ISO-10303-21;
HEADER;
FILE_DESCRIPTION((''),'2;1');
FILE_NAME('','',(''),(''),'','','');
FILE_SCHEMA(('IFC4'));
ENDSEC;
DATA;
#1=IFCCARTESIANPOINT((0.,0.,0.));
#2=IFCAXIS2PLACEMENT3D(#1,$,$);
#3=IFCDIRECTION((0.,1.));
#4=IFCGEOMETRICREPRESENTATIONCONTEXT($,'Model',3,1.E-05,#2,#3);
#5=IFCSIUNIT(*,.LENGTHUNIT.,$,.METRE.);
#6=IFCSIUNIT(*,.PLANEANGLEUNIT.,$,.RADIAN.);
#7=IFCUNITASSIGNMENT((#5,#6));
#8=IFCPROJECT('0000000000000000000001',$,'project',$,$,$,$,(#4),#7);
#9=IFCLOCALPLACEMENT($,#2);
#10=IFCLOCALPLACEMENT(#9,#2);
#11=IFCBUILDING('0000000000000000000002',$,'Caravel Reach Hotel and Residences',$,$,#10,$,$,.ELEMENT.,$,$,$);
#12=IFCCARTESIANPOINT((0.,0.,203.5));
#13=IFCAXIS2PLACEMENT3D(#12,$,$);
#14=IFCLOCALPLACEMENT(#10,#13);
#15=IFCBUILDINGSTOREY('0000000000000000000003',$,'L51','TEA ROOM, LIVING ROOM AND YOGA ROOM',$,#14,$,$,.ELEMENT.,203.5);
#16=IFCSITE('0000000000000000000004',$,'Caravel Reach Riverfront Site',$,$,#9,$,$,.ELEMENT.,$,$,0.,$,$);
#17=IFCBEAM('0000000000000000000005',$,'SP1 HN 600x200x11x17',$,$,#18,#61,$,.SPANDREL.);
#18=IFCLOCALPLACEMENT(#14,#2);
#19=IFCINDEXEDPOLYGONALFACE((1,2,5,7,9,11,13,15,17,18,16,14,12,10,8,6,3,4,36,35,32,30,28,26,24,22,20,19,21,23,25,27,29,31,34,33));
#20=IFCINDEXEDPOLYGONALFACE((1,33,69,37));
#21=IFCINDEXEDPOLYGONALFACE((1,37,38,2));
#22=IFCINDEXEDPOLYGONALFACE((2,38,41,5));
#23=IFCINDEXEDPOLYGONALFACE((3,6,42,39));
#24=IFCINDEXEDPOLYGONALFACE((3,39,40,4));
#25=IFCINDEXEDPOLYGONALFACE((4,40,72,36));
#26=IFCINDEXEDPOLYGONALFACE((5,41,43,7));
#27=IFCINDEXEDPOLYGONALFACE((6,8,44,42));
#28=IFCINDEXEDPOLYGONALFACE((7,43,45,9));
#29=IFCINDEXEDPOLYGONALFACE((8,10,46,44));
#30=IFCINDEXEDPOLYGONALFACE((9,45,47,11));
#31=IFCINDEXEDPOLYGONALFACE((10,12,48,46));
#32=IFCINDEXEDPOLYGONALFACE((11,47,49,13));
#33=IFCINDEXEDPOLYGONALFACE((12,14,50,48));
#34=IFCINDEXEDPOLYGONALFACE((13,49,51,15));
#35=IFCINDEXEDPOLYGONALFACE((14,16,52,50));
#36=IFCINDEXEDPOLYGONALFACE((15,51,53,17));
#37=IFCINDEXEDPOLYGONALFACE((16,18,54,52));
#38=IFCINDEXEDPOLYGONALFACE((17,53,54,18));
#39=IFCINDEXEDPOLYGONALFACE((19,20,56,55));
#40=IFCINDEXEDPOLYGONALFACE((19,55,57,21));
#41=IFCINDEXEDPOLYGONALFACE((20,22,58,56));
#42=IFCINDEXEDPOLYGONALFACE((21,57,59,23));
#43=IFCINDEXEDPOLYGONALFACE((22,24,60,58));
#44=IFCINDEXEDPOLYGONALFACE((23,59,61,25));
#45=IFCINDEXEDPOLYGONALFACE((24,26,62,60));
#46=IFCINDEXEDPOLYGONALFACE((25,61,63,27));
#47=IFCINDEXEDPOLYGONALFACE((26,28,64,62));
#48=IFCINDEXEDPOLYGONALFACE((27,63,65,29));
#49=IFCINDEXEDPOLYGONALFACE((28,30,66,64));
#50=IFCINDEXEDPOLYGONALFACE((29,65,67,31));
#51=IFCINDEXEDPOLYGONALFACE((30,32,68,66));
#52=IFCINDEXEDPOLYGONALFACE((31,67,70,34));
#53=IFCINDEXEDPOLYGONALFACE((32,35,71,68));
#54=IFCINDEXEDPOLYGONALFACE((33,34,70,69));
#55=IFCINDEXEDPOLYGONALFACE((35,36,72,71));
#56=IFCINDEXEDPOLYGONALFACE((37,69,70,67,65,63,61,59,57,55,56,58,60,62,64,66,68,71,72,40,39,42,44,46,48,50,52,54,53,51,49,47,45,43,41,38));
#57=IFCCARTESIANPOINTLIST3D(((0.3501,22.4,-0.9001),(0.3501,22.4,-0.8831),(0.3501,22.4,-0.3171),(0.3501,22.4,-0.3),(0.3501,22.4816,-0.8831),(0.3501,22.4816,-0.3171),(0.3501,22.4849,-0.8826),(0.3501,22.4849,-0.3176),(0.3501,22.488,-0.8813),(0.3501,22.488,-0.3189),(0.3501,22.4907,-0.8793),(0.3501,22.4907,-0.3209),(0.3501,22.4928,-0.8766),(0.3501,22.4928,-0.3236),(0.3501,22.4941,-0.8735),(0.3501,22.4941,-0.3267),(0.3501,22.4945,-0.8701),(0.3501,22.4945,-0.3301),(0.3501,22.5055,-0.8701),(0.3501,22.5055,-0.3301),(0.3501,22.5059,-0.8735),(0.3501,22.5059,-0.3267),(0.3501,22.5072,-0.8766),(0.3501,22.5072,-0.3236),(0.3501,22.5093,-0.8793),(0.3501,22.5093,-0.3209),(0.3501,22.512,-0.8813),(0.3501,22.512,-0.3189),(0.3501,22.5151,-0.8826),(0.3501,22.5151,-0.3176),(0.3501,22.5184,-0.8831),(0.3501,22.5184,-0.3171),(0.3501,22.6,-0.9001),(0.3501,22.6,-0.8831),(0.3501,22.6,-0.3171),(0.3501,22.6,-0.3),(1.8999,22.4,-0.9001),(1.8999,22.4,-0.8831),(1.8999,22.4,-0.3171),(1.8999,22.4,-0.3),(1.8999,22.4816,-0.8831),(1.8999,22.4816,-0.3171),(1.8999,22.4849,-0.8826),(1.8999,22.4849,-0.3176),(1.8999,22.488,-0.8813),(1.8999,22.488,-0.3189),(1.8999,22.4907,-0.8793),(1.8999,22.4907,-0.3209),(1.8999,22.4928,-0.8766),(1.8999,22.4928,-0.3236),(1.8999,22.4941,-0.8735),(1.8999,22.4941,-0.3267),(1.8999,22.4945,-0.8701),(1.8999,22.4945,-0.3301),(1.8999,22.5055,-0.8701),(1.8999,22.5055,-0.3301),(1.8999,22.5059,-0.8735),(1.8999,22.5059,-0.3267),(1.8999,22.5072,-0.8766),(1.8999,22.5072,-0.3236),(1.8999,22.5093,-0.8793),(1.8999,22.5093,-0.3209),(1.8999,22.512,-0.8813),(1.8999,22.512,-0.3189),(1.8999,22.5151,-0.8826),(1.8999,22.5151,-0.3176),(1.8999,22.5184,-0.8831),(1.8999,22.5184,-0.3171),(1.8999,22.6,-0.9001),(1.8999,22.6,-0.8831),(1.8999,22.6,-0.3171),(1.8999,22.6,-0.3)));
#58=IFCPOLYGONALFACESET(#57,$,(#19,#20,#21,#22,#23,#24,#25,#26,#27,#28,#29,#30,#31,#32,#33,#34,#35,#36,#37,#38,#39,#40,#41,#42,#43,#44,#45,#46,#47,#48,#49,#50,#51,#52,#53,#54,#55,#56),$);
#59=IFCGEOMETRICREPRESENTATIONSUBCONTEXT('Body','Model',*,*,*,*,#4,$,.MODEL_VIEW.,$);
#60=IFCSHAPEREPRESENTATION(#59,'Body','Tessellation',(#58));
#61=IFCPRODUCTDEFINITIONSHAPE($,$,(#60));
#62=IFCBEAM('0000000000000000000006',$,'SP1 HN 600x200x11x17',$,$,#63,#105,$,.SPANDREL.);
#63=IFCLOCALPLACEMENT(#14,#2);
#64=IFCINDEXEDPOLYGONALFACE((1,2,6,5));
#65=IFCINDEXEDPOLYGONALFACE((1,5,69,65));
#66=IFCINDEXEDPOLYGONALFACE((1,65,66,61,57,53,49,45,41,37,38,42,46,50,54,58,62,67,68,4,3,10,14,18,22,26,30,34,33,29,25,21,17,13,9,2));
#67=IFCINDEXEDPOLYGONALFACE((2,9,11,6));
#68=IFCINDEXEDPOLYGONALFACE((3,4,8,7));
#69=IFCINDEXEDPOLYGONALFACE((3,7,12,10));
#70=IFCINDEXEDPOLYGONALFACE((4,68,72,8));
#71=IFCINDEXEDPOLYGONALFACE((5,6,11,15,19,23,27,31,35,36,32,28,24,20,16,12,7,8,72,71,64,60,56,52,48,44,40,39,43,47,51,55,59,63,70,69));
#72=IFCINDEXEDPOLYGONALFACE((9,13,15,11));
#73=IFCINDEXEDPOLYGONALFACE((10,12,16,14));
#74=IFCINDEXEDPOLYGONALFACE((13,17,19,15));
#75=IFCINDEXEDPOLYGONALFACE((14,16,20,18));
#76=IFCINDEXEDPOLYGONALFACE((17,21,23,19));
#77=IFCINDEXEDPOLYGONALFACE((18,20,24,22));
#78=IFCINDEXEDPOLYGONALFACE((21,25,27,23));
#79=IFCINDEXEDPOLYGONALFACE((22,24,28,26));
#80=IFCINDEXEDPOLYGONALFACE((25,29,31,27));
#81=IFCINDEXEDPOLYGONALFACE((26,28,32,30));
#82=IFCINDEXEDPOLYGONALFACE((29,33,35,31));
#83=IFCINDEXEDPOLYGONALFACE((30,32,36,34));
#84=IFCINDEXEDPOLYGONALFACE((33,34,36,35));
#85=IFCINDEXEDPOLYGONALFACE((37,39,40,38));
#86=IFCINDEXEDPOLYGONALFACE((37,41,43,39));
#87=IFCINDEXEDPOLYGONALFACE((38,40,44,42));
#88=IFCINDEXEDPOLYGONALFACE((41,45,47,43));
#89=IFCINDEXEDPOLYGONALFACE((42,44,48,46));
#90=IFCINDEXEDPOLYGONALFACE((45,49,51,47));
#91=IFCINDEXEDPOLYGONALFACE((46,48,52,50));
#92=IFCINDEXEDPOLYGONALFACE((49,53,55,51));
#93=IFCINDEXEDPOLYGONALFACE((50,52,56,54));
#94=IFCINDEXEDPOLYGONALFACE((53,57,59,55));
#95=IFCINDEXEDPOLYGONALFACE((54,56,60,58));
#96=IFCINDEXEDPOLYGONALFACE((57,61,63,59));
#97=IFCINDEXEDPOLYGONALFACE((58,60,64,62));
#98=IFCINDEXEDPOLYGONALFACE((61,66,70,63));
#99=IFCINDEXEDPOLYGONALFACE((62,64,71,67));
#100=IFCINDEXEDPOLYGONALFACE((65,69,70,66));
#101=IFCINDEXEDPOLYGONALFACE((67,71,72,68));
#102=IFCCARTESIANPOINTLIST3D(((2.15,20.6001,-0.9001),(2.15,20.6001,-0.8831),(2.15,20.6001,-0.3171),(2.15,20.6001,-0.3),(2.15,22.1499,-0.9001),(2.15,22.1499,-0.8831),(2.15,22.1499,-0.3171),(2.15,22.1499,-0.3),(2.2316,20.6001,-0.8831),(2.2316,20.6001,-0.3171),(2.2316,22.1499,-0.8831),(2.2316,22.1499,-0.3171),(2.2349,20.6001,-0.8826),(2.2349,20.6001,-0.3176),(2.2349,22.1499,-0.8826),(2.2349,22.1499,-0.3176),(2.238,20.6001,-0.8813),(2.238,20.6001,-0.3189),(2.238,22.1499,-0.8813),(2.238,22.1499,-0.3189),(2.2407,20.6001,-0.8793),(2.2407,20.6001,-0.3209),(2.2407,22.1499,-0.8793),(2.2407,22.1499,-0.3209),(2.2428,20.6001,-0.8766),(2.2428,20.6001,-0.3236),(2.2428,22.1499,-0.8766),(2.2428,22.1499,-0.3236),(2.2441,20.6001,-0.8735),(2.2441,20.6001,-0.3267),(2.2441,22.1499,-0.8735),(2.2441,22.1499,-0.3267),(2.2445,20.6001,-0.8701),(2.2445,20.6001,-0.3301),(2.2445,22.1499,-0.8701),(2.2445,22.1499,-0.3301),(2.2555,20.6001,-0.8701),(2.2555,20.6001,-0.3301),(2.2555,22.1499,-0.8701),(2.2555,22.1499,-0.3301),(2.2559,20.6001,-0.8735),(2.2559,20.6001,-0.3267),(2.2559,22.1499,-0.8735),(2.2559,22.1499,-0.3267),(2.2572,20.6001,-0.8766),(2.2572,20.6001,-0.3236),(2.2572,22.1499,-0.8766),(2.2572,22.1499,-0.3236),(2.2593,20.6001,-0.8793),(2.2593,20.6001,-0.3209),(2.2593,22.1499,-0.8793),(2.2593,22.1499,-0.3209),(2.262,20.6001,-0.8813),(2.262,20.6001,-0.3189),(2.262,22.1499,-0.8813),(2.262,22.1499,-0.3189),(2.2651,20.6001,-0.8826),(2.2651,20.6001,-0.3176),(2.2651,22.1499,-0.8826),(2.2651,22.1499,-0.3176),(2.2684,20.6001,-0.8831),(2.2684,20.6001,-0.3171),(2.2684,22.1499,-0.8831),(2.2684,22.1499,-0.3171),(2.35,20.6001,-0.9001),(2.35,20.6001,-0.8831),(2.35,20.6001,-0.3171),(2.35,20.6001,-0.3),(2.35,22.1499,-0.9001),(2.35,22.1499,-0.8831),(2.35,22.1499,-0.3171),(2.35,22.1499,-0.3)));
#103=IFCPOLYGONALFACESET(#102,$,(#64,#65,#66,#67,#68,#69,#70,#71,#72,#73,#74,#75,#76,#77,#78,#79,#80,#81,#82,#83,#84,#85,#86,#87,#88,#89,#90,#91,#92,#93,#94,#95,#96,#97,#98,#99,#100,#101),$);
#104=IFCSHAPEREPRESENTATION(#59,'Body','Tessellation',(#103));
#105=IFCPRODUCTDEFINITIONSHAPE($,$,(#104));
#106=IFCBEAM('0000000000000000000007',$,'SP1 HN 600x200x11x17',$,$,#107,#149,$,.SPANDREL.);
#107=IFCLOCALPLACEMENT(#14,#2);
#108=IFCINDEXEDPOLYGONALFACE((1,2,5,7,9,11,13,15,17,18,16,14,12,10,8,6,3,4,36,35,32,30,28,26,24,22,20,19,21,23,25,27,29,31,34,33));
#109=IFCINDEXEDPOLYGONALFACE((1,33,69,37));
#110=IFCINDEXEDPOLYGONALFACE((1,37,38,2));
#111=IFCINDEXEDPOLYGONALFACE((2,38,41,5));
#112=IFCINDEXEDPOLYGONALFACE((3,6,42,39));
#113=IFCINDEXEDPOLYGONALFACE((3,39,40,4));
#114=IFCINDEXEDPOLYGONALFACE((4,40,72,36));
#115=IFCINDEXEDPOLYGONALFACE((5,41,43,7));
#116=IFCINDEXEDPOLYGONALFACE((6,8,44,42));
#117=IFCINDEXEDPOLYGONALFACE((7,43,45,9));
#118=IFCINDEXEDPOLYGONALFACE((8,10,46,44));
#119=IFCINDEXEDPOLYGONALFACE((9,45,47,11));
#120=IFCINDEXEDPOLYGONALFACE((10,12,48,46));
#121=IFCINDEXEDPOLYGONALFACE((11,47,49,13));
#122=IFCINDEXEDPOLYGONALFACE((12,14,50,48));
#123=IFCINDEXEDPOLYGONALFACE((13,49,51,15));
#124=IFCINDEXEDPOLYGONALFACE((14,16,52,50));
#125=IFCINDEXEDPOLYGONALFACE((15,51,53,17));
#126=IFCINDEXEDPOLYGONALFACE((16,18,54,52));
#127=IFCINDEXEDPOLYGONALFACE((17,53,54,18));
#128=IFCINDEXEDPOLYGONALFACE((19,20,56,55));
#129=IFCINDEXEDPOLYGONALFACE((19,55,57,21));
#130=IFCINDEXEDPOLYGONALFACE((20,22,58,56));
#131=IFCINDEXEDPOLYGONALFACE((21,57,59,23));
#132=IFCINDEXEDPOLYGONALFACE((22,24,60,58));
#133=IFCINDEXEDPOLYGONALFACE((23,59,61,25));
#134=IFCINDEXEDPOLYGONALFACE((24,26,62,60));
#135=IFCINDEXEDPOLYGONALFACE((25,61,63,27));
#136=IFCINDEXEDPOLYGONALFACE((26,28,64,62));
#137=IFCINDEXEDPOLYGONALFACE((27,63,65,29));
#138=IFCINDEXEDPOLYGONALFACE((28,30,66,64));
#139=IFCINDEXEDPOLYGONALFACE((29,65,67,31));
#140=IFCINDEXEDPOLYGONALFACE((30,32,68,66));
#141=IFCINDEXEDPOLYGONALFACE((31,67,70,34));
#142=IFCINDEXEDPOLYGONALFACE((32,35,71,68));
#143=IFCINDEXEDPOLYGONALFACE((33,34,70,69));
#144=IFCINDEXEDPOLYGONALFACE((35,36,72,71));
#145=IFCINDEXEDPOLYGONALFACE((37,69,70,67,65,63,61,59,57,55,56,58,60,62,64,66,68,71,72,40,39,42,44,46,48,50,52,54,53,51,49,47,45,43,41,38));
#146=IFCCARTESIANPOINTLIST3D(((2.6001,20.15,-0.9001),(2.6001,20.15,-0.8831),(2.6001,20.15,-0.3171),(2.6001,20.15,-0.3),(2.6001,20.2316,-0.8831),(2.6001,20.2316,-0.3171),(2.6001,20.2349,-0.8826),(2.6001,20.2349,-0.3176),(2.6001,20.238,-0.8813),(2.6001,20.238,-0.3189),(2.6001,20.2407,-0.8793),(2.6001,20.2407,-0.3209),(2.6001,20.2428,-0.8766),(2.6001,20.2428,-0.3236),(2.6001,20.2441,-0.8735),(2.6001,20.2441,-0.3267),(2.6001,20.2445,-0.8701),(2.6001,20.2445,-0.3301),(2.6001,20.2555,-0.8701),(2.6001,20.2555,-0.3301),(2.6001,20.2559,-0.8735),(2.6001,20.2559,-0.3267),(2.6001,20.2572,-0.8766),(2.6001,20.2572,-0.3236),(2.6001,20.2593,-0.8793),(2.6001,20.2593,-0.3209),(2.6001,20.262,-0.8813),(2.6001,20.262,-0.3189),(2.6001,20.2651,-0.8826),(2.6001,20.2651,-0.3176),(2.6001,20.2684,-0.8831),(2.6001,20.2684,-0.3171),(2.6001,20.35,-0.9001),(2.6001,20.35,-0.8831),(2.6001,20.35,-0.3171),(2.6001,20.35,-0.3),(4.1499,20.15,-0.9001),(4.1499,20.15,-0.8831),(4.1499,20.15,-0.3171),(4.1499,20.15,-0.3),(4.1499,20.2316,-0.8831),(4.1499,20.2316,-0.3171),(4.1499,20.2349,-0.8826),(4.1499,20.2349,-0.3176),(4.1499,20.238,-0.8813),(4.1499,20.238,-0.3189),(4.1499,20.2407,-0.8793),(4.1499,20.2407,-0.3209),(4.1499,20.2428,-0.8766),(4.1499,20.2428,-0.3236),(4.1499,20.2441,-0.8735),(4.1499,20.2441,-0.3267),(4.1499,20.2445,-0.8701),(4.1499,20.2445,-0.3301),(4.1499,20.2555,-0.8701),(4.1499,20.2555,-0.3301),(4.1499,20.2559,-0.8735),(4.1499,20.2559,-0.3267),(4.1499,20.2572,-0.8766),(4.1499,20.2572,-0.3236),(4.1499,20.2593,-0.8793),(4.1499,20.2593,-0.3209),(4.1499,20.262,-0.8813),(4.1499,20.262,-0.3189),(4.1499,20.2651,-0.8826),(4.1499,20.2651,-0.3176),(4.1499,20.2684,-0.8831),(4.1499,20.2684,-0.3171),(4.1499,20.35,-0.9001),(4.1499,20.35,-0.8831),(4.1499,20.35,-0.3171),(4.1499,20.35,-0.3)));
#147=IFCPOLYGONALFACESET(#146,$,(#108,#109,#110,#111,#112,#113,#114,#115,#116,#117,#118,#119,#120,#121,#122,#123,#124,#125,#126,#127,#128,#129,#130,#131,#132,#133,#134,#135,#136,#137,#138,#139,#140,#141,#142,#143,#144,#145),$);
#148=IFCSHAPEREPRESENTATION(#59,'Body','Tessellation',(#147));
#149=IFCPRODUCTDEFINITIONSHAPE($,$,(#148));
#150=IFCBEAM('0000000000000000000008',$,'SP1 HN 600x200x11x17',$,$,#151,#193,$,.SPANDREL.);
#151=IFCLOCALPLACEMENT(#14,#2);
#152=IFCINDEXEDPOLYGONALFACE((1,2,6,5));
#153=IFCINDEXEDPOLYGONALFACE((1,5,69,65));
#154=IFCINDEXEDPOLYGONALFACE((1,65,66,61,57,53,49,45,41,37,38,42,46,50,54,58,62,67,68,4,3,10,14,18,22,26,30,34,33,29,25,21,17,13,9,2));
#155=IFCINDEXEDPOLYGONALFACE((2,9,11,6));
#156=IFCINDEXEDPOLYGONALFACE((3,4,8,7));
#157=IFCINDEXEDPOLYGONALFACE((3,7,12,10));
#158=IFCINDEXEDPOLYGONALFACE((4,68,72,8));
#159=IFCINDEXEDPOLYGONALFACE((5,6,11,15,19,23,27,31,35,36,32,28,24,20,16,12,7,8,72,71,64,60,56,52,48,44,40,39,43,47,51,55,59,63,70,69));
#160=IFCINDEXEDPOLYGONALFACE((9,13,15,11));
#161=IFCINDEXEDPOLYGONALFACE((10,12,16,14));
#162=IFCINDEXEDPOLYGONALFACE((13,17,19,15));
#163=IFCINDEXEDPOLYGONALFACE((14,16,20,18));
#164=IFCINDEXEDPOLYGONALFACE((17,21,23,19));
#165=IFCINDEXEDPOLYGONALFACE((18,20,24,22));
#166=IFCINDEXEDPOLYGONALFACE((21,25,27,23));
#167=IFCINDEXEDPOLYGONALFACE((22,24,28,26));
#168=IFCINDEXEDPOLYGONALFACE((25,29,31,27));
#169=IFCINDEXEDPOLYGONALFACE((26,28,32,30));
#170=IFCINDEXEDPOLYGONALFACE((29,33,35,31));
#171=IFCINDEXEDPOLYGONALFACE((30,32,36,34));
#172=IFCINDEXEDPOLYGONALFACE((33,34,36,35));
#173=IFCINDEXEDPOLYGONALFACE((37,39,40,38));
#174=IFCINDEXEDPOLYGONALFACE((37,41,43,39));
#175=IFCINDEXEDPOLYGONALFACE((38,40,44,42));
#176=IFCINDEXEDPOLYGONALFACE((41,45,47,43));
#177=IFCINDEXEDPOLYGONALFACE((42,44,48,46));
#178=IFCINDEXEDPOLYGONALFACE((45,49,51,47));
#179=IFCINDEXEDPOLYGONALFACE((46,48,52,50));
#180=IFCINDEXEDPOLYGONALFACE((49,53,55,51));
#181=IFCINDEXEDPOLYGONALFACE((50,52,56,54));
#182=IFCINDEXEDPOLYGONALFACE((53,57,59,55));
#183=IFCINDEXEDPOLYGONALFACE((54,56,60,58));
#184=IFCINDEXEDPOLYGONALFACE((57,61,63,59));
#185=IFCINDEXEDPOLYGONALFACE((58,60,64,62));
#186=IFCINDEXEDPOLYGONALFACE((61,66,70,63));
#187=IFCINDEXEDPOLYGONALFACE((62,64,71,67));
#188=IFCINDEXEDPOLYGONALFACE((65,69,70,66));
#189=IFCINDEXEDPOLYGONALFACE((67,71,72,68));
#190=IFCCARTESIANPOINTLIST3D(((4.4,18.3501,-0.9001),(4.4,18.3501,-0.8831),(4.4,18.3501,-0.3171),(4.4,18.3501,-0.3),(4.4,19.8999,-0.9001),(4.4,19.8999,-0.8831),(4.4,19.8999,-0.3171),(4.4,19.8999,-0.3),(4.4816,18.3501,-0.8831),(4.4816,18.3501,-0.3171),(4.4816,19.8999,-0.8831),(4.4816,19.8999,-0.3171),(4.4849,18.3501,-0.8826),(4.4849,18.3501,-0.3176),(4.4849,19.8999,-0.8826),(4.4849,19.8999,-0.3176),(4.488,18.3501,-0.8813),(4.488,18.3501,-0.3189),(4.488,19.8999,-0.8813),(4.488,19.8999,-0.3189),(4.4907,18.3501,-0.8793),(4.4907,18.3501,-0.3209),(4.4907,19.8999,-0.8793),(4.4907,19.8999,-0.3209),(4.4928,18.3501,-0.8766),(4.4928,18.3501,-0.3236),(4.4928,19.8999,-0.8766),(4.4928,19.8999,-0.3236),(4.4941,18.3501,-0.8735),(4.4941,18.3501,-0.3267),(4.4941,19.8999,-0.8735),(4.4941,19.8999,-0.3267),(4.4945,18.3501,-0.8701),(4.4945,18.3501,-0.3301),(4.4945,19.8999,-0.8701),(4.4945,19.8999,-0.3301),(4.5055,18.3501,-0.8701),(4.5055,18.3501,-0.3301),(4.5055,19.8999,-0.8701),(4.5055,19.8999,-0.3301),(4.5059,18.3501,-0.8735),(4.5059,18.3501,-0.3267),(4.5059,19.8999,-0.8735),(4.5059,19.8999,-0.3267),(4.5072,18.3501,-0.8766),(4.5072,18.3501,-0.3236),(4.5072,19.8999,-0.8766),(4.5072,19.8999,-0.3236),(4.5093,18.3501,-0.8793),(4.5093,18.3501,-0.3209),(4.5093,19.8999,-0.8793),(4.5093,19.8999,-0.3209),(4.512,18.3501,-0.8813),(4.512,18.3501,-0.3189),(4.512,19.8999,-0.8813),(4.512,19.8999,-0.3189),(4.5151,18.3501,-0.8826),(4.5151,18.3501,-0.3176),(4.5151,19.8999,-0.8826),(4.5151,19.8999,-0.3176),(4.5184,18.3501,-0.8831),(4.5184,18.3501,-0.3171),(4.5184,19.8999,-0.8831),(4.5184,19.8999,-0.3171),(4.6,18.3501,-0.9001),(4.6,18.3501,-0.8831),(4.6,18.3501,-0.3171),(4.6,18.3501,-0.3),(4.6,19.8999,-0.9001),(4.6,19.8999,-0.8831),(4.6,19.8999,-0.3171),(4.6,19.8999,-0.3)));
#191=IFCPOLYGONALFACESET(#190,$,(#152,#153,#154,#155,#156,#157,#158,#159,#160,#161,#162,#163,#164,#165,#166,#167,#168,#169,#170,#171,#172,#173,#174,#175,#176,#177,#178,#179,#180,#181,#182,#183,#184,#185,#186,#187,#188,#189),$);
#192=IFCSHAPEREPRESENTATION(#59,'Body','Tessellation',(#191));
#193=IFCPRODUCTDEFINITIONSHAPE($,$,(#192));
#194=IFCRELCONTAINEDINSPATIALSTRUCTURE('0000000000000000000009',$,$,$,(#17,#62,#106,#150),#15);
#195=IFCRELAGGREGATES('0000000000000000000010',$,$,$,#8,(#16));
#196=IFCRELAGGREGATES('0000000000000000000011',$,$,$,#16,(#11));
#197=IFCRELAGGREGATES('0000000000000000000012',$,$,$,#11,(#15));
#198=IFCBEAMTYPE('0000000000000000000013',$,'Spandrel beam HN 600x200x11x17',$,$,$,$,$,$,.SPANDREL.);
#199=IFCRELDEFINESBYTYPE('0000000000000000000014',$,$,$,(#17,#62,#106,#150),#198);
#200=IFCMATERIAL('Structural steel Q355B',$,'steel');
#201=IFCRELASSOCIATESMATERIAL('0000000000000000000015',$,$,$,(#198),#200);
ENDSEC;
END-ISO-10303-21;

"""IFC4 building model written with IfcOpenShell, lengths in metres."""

from ifc_helpers import new_model, si_unit, direction, frame, origin, origin_2d, place, context, subcontext, project, spatial, i_section, extrude, material, material_profile, profile_set, type_object, element, save


model = new_model("IFC4")

# Units and contexts
model_context = context("Model", 3, precision=1e-05, world=origin(), true_north=direction((0.0, 1.0)))
body_context = subcontext(model_context, "Body", "Model", "MODEL_VIEW")
ifc_project = project(units=[si_unit("LENGTHUNIT", "METRE"), si_unit("PLANEANGLEUNIT", "RADIAN")], contexts=[model_context])

# Site, building, storey
site_placement = place(None, origin())
site = spatial("IfcSite", under=ifc_project, at=site_placement, Name="Caravel Reach Riverfront Site", CompositionType="ELEMENT", RefElevation=0.0)
building_placement = place(site_placement, origin())
building = spatial("IfcBuilding", under=site, at=building_placement, Name="Caravel Reach Hotel and Residences", CompositionType="ELEMENT")
storey_placement = place(building_placement, frame((0.0, 0.0, 203.5)))
storey = spatial("IfcBuildingStorey", under=building, at=storey_placement, Name="L51", Description="TEA ROOM, LIVING ROOM AND YOGA ROOM", CompositionType="ELEMENT", Elevation=203.5)

# Beams
ifc_material_1 = material(Name="Structural steel Q355B", Category="steel")
ifc_material_profile_1 = material_profile(ifc_material_1, i_section(OverallWidth=0.2, OverallDepth=0.6001, WebThickness=0.011, FlangeThickness=0.0171, FilletRadius=0.0129, at=origin_2d()), Name="HN 600x200x11x17")
ifc_profile_set_1 = profile_set([ifc_material_profile_1], Name="Structural steel Q355B")
beam_type_1 = type_object("IfcBeamType", Name="Spandrel beam HN 600x200x11x17", PredefinedType="SPANDREL", material=ifc_profile_set_1)
for number, where, z_axis, x_axis, name in (
    (1, (0.3501, 22.5, -0.6001), (1.0, 0.0, 0.0), (0.0, 1.0, 0.0), "SP1 HN 600x200x11x17"),
    (2, (2.25, 22.1499, -0.6001), (0.0, -1.0, 0.0), (1.0, 0.0, 0.0), "SP1 HN 600x200x11x17"),
    (3, (2.6001, 20.25, -0.6001), (1.0, 0.0, 0.0), (0.0, 1.0, 0.0), "SP1 HN 600x200x11x17"),
    (4, (4.5, 19.8999, -0.6001), (0.0, -1.0, 0.0), (1.0, 0.0, 0.0), "SP1 HN 600x200x11x17"),
):
    element("IfcBeam", number, at=place(storey_placement, frame(where, z_axis=z_axis, x_axis=x_axis)), inside=storey, type_object=beam_type_1, Name=name, PredefinedType="SPANDREL", context=body_context, shape_type="SweptSolid", body=[
        extrude(i_section(OverallWidth=0.2, OverallDepth=0.6001, WebThickness=0.011, FlangeThickness=0.0171, FilletRadius=0.0129, at=origin_2d()), origin(), (0.0, 0.0, 1.0), 1.5498),
    ])

save(model, "model.ifc")
